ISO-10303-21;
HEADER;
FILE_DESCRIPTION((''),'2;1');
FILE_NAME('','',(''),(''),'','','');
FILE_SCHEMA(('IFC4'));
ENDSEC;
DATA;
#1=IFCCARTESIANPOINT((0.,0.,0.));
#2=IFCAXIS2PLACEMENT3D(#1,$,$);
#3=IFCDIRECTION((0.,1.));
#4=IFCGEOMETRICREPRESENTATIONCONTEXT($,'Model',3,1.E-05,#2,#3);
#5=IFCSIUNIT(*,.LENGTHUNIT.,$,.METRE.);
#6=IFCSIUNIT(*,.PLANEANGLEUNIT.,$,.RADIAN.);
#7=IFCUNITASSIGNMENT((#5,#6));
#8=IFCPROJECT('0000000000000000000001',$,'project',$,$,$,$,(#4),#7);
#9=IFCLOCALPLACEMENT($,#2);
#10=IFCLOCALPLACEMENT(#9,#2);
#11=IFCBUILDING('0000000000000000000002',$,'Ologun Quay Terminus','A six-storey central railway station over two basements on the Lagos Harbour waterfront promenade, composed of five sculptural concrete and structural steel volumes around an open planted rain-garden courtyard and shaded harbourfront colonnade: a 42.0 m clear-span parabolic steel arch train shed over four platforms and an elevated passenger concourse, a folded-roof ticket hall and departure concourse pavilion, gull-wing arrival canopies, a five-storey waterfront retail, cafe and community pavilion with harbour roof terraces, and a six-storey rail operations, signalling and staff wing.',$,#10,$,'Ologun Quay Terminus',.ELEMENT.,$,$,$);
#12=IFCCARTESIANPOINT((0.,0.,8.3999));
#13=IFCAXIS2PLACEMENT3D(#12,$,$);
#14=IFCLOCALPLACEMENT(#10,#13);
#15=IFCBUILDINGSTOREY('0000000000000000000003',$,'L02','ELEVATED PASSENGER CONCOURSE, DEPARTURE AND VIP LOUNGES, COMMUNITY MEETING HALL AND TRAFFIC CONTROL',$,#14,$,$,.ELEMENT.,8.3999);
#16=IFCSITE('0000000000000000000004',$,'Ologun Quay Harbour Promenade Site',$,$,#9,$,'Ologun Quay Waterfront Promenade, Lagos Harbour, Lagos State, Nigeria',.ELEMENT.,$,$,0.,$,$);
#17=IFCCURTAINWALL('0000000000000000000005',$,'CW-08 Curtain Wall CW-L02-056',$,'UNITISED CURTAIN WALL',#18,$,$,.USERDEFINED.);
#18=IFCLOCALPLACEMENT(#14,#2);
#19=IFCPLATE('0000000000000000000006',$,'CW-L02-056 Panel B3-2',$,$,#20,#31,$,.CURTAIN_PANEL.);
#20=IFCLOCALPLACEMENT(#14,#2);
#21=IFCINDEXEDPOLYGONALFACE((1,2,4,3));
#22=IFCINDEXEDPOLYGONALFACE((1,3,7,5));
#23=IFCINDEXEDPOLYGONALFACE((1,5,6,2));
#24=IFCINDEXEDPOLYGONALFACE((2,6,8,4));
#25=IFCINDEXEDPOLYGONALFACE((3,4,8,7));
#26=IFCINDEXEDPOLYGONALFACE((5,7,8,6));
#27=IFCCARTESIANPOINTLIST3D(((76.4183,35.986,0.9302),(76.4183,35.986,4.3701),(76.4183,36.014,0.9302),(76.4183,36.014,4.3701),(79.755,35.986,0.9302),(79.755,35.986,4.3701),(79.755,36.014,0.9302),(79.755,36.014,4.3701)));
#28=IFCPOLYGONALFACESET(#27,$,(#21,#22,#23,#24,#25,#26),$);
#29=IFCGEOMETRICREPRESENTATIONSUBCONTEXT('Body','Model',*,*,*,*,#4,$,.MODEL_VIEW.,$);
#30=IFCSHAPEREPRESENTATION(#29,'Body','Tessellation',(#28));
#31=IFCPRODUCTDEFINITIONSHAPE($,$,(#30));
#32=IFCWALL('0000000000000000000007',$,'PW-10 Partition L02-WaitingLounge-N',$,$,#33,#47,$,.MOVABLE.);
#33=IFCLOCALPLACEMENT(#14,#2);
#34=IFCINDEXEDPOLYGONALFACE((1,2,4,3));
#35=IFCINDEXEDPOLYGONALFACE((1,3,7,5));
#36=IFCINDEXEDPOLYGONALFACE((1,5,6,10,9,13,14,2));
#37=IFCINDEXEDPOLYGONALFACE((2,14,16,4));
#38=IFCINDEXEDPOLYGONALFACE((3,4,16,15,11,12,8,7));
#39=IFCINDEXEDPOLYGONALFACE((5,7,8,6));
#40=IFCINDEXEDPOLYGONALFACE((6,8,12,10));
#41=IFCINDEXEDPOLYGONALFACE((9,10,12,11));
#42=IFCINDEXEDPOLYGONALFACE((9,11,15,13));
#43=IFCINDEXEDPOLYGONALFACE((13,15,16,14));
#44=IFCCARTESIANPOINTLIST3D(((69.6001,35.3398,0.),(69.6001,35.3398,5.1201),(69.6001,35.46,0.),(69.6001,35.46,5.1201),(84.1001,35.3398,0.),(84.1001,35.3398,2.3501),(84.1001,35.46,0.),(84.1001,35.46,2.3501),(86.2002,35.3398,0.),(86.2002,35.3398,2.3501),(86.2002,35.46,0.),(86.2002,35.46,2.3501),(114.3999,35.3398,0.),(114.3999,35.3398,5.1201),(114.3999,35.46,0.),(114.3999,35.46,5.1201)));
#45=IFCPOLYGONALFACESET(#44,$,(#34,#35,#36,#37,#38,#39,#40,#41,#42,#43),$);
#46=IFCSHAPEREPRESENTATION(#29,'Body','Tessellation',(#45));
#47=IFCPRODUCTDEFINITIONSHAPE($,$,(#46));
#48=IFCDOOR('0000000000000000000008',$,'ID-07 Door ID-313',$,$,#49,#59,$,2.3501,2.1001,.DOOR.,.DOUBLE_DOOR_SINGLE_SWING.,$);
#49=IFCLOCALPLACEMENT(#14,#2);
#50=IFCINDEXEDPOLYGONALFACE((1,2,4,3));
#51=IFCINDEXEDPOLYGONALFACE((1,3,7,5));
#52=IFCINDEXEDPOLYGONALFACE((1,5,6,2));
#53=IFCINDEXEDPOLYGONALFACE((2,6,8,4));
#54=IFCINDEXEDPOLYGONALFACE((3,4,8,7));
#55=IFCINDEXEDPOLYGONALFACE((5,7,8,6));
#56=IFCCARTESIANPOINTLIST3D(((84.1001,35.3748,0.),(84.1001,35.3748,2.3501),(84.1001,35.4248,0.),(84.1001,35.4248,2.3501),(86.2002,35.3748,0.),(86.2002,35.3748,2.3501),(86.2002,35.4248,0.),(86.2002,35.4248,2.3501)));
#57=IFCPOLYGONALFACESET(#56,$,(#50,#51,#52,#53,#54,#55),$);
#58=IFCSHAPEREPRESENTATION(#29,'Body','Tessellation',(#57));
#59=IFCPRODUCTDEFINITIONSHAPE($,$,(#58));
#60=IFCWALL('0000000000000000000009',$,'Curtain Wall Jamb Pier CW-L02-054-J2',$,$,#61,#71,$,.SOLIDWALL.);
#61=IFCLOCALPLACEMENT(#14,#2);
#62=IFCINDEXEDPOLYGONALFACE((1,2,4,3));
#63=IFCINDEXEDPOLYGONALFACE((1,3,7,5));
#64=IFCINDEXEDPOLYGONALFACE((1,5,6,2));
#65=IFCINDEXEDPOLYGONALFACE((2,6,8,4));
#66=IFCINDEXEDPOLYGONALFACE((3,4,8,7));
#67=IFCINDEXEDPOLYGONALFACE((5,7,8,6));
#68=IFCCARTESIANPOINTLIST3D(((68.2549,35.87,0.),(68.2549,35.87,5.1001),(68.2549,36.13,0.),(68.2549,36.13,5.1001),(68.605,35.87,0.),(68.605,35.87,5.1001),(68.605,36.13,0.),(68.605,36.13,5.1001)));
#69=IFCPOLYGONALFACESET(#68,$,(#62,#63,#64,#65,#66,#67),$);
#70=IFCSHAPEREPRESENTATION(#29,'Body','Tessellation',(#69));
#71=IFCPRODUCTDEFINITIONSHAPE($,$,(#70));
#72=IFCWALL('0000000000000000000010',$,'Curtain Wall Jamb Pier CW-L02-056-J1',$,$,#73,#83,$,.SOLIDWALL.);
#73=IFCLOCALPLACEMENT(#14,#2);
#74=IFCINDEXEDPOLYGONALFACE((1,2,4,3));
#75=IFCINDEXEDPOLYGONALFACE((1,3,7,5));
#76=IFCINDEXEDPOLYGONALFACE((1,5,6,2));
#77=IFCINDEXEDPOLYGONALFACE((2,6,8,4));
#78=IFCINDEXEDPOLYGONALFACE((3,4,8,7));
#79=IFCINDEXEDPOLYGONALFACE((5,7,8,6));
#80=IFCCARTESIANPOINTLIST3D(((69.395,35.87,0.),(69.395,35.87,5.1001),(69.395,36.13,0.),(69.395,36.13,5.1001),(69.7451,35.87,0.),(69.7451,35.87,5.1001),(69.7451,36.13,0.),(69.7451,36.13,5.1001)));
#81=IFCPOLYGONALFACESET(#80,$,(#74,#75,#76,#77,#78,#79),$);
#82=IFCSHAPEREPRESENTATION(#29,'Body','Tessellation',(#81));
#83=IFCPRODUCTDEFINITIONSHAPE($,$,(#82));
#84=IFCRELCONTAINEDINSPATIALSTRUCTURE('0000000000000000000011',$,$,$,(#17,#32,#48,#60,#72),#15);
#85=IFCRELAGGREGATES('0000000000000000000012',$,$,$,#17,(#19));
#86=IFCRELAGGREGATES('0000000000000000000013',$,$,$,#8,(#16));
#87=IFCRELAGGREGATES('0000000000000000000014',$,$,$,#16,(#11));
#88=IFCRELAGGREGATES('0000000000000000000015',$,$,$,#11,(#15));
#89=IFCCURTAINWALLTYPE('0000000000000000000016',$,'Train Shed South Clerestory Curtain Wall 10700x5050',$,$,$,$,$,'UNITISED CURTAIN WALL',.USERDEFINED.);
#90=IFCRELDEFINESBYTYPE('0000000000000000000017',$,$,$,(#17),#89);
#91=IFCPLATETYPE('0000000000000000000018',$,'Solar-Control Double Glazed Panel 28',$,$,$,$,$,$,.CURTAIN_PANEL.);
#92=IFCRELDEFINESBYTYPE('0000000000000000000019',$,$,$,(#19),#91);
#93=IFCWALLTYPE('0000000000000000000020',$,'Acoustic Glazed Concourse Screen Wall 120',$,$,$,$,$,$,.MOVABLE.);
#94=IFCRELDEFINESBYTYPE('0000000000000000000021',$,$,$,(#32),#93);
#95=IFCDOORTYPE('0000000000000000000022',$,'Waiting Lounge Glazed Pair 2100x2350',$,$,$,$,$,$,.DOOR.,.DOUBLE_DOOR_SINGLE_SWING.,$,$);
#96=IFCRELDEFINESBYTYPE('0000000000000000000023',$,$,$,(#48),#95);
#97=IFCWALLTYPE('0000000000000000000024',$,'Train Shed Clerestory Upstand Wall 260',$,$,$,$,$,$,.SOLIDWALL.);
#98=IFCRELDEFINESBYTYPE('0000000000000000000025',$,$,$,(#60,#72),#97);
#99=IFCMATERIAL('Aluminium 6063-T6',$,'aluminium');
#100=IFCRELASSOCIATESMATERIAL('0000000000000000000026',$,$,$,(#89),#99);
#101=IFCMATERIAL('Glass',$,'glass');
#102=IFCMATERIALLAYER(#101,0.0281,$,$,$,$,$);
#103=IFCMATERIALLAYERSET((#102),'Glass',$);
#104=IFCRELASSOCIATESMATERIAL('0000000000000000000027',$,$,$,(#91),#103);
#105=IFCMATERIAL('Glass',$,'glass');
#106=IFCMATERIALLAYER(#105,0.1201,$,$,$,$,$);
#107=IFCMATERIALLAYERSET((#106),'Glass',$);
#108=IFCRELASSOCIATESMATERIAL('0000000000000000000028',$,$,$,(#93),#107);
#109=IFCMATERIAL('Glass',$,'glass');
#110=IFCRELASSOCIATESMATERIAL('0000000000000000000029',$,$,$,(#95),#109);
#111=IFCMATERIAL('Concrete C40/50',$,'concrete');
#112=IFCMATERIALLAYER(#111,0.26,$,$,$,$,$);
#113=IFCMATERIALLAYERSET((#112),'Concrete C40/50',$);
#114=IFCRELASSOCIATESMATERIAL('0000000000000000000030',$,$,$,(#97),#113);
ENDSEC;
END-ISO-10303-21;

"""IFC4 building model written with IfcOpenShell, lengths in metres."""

from ifc_helpers import new_model, si_unit, direction, frame, frame_2d, origin, origin_2d, place, context, subcontext, project, spatial, rectangle, extrude, material, layer, layer_set, type_object, element, fill, aggregate, save


model = new_model("IFC4")

# Units and contexts
model_context = context("Model", 3, precision=1e-05, world=origin(), true_north=direction((0.0, 1.0)))
body_context = subcontext(model_context, "Body", "Model", "MODEL_VIEW")
ifc_project = project(units=[si_unit("LENGTHUNIT", "METRE"), si_unit("PLANEANGLEUNIT", "RADIAN")], contexts=[model_context])

# Site, building, storey
site_placement = place(None, origin())
site = spatial("IfcSite", under=ifc_project, at=site_placement, Name="Ologun Quay Harbour Promenade Site", LongName="Ologun Quay Waterfront Promenade, Lagos Harbour, Lagos State, Nigeria", CompositionType="ELEMENT", RefElevation=0.0)
building_placement = place(site_placement, origin())
building = spatial("IfcBuilding", under=site, at=building_placement, Name="Ologun Quay Terminus", Description="A six-storey central railway station over two basements on the Lagos Harbour waterfront promenade, composed of five sculptural concrete and structural steel volumes around an open planted rain-garden courtyard and shaded harbourfront colonnade: a 42.0 m clear-span parabolic steel arch train shed over four platforms and an elevated passenger concourse, a folded-roof ticket hall and departure concourse pavilion, gull-wing arrival canopies, a five-storey waterfront retail, cafe and community pavilion with harbour roof terraces, and a six-storey rail operations, signalling and staff wing.", LongName="Ologun Quay Terminus", CompositionType="ELEMENT")
storey_placement = place(building_placement, frame((0.0, 0.0, 8.3999)))
storey = spatial("IfcBuildingStorey", under=building, at=storey_placement, Name="L02", Description="ELEVATED PASSENGER CONCOURSE, DEPARTURE AND VIP LOUNGES, COMMUNITY MEETING HALL AND TRAFFIC CONTROL", CompositionType="ELEMENT", Elevation=8.3999)

# Shared definitions
ifc_material_1 = material(Name="Aluminium 6063-T6", Category="aluminium")
curtain_wall_type = type_object("IfcCurtainWallType", Name="Train Shed South Clerestory Curtain Wall 10700x5050", ElementType="UNITISED CURTAIN WALL", PredefinedType="USERDEFINED", material=ifc_material_1)

# Curtain wall
curtain_wall_1_placement = place(storey_placement, origin())
curtain_wall_1 = element("IfcCurtainWall", 1, at=curtain_wall_1_placement, inside=storey, type_object=curtain_wall_type, Name="CW-08 Curtain Wall CW-L02-056", ObjectType="UNITISED CURTAIN WALL", PredefinedType="USERDEFINED")

# Plate
ifc_material_2 = material(Name="Glass", Category="glass")
ifc_layer_1 = layer(ifc_material_2, 0.0281)
ifc_layer_set_1 = layer_set([ifc_layer_1], Name="Glass")
plate_type_1 = type_object("IfcPlateType", Name="Solar-Control Double Glazed Panel 28", PredefinedType="CURTAIN_PANEL", material=ifc_layer_set_1)
plate_1_placement = place(storey_placement, frame((78.0867, 36.0, 0.9302), z_axis=(0.0, 0.0, 1.0), x_axis=(1.0, 0.0, 0.0)))
plate_1 = element("IfcPlate", 2, at=plate_1_placement, type_object=plate_type_1, Name="CW-L02-056 Panel B3-2", PredefinedType="CURTAIN_PANEL", context=body_context, shape_type="SweptSolid", body=[
    extrude(rectangle(XDim=3.3367, YDim=0.0281, at=origin_2d()), origin(), (0.0, 0.0, 1.0), 3.4399),
])
aggregate(curtain_wall_1, [plate_1])

# Wall, opening, door
ifc_material_3 = material(Name="Glass", Category="glass")
ifc_layer_2 = layer(ifc_material_3, 0.1201)
ifc_layer_set_2 = layer_set([ifc_layer_2], Name="Glass")
wall_type_1 = type_object("IfcWallType", Name="Acoustic Glazed Concourse Screen Wall 120", PredefinedType="MOVABLE", material=ifc_layer_set_2)
wall_placement = place(storey_placement, frame((69.6001, 35.3999, 0.0), z_axis=(0.0, 0.0, 1.0), x_axis=(1.0, 0.0, 0.0)))
wall = element("IfcWall", 3, at=wall_placement, inside=storey, type_object=wall_type_1, Name="PW-10 Partition L02-WaitingLounge-N", PredefinedType="MOVABLE", context=body_context, shape_type="SweptSolid", body=[
    extrude(rectangle(XDim=44.7998, YDim=0.1201, at=frame_2d((22.3999, 0.0))), origin(), (0.0, 0.0, 1.0), 5.1201),
])
opening_placement = place(wall_placement, frame((14.5, 0.0, 0.0)))
opening = element("IfcOpeningElement", 4, at=opening_placement, cuts=wall, PredefinedType="OPENING", context=body_context, shape_type="SweptSolid", body=[
    extrude(rectangle(XDim=2.1001, YDim=2.3501, at=frame_2d((1.05, 1.175))), frame((0.0, 0.0701, 0.0), z_axis=(0.0, -1.0, 0.0), x_axis=(1.0, 0.0, 0.0)), (0.0, 0.0, 1.0), 0.1401),
])
ifc_material_4 = material(Name="Glass", Category="glass")
door_type = type_object("IfcDoorType", Name="Waiting Lounge Glazed Pair 2100x2350", OperationType="DOUBLE_DOOR_SINGLE_SWING", PredefinedType="DOOR", material=ifc_material_4)
door_placement = place(opening_placement, origin())
door = element("IfcDoor", 5, at=door_placement, inside=storey, type_object=door_type, Name="ID-07 Door ID-313", OperationType="DOUBLE_DOOR_SINGLE_SWING", OverallHeight=2.3501, OverallWidth=2.1001, PredefinedType="DOOR", context=body_context, shape_type="SweptSolid", body=[
    extrude(rectangle(XDim=2.1001, YDim=2.3501, at=frame_2d((1.05, 1.175))), frame((0.0, 0.0249, 0.0), z_axis=(0.0, -1.0, 0.0), x_axis=(1.0, 0.0, 0.0)), (0.0, 0.0, 1.0), 0.05),
])
fill(opening, door)

# Walls
ifc_material_5 = material(Name="Concrete C40/50", Category="concrete")
ifc_layer_3 = layer(ifc_material_5, 0.26)
ifc_layer_set_3 = layer_set([ifc_layer_3], Name="Concrete C40/50")
wall_type_2 = type_object("IfcWallType", Name="Train Shed Clerestory Upstand Wall 260", PredefinedType="SOLIDWALL", material=ifc_layer_set_3)
for number, where, z_axis, x_axis, name in (
    (6, (68.2549, 36.0, 0.0), (0.0, 0.0, 1.0), (1.0, 0.0, 0.0), "Curtain Wall Jamb Pier CW-L02-054-J2"),
    (7, (69.395, 36.0, 0.0), (0.0, 0.0, 1.0), (1.0, 0.0, 0.0), "Curtain Wall Jamb Pier CW-L02-056-J1"),
):
    element("IfcWall", number, at=place(storey_placement, frame(where, z_axis=z_axis, x_axis=x_axis)), inside=storey, type_object=wall_type_2, Name=name, PredefinedType="SOLIDWALL", context=body_context, shape_type="SweptSolid", body=[
        extrude(rectangle(XDim=0.3501, YDim=0.26, at=frame_2d((0.175, 0.0))), origin(), (0.0, 0.0, 1.0), 5.1001),
    ])

save(model, "model.ifc")
